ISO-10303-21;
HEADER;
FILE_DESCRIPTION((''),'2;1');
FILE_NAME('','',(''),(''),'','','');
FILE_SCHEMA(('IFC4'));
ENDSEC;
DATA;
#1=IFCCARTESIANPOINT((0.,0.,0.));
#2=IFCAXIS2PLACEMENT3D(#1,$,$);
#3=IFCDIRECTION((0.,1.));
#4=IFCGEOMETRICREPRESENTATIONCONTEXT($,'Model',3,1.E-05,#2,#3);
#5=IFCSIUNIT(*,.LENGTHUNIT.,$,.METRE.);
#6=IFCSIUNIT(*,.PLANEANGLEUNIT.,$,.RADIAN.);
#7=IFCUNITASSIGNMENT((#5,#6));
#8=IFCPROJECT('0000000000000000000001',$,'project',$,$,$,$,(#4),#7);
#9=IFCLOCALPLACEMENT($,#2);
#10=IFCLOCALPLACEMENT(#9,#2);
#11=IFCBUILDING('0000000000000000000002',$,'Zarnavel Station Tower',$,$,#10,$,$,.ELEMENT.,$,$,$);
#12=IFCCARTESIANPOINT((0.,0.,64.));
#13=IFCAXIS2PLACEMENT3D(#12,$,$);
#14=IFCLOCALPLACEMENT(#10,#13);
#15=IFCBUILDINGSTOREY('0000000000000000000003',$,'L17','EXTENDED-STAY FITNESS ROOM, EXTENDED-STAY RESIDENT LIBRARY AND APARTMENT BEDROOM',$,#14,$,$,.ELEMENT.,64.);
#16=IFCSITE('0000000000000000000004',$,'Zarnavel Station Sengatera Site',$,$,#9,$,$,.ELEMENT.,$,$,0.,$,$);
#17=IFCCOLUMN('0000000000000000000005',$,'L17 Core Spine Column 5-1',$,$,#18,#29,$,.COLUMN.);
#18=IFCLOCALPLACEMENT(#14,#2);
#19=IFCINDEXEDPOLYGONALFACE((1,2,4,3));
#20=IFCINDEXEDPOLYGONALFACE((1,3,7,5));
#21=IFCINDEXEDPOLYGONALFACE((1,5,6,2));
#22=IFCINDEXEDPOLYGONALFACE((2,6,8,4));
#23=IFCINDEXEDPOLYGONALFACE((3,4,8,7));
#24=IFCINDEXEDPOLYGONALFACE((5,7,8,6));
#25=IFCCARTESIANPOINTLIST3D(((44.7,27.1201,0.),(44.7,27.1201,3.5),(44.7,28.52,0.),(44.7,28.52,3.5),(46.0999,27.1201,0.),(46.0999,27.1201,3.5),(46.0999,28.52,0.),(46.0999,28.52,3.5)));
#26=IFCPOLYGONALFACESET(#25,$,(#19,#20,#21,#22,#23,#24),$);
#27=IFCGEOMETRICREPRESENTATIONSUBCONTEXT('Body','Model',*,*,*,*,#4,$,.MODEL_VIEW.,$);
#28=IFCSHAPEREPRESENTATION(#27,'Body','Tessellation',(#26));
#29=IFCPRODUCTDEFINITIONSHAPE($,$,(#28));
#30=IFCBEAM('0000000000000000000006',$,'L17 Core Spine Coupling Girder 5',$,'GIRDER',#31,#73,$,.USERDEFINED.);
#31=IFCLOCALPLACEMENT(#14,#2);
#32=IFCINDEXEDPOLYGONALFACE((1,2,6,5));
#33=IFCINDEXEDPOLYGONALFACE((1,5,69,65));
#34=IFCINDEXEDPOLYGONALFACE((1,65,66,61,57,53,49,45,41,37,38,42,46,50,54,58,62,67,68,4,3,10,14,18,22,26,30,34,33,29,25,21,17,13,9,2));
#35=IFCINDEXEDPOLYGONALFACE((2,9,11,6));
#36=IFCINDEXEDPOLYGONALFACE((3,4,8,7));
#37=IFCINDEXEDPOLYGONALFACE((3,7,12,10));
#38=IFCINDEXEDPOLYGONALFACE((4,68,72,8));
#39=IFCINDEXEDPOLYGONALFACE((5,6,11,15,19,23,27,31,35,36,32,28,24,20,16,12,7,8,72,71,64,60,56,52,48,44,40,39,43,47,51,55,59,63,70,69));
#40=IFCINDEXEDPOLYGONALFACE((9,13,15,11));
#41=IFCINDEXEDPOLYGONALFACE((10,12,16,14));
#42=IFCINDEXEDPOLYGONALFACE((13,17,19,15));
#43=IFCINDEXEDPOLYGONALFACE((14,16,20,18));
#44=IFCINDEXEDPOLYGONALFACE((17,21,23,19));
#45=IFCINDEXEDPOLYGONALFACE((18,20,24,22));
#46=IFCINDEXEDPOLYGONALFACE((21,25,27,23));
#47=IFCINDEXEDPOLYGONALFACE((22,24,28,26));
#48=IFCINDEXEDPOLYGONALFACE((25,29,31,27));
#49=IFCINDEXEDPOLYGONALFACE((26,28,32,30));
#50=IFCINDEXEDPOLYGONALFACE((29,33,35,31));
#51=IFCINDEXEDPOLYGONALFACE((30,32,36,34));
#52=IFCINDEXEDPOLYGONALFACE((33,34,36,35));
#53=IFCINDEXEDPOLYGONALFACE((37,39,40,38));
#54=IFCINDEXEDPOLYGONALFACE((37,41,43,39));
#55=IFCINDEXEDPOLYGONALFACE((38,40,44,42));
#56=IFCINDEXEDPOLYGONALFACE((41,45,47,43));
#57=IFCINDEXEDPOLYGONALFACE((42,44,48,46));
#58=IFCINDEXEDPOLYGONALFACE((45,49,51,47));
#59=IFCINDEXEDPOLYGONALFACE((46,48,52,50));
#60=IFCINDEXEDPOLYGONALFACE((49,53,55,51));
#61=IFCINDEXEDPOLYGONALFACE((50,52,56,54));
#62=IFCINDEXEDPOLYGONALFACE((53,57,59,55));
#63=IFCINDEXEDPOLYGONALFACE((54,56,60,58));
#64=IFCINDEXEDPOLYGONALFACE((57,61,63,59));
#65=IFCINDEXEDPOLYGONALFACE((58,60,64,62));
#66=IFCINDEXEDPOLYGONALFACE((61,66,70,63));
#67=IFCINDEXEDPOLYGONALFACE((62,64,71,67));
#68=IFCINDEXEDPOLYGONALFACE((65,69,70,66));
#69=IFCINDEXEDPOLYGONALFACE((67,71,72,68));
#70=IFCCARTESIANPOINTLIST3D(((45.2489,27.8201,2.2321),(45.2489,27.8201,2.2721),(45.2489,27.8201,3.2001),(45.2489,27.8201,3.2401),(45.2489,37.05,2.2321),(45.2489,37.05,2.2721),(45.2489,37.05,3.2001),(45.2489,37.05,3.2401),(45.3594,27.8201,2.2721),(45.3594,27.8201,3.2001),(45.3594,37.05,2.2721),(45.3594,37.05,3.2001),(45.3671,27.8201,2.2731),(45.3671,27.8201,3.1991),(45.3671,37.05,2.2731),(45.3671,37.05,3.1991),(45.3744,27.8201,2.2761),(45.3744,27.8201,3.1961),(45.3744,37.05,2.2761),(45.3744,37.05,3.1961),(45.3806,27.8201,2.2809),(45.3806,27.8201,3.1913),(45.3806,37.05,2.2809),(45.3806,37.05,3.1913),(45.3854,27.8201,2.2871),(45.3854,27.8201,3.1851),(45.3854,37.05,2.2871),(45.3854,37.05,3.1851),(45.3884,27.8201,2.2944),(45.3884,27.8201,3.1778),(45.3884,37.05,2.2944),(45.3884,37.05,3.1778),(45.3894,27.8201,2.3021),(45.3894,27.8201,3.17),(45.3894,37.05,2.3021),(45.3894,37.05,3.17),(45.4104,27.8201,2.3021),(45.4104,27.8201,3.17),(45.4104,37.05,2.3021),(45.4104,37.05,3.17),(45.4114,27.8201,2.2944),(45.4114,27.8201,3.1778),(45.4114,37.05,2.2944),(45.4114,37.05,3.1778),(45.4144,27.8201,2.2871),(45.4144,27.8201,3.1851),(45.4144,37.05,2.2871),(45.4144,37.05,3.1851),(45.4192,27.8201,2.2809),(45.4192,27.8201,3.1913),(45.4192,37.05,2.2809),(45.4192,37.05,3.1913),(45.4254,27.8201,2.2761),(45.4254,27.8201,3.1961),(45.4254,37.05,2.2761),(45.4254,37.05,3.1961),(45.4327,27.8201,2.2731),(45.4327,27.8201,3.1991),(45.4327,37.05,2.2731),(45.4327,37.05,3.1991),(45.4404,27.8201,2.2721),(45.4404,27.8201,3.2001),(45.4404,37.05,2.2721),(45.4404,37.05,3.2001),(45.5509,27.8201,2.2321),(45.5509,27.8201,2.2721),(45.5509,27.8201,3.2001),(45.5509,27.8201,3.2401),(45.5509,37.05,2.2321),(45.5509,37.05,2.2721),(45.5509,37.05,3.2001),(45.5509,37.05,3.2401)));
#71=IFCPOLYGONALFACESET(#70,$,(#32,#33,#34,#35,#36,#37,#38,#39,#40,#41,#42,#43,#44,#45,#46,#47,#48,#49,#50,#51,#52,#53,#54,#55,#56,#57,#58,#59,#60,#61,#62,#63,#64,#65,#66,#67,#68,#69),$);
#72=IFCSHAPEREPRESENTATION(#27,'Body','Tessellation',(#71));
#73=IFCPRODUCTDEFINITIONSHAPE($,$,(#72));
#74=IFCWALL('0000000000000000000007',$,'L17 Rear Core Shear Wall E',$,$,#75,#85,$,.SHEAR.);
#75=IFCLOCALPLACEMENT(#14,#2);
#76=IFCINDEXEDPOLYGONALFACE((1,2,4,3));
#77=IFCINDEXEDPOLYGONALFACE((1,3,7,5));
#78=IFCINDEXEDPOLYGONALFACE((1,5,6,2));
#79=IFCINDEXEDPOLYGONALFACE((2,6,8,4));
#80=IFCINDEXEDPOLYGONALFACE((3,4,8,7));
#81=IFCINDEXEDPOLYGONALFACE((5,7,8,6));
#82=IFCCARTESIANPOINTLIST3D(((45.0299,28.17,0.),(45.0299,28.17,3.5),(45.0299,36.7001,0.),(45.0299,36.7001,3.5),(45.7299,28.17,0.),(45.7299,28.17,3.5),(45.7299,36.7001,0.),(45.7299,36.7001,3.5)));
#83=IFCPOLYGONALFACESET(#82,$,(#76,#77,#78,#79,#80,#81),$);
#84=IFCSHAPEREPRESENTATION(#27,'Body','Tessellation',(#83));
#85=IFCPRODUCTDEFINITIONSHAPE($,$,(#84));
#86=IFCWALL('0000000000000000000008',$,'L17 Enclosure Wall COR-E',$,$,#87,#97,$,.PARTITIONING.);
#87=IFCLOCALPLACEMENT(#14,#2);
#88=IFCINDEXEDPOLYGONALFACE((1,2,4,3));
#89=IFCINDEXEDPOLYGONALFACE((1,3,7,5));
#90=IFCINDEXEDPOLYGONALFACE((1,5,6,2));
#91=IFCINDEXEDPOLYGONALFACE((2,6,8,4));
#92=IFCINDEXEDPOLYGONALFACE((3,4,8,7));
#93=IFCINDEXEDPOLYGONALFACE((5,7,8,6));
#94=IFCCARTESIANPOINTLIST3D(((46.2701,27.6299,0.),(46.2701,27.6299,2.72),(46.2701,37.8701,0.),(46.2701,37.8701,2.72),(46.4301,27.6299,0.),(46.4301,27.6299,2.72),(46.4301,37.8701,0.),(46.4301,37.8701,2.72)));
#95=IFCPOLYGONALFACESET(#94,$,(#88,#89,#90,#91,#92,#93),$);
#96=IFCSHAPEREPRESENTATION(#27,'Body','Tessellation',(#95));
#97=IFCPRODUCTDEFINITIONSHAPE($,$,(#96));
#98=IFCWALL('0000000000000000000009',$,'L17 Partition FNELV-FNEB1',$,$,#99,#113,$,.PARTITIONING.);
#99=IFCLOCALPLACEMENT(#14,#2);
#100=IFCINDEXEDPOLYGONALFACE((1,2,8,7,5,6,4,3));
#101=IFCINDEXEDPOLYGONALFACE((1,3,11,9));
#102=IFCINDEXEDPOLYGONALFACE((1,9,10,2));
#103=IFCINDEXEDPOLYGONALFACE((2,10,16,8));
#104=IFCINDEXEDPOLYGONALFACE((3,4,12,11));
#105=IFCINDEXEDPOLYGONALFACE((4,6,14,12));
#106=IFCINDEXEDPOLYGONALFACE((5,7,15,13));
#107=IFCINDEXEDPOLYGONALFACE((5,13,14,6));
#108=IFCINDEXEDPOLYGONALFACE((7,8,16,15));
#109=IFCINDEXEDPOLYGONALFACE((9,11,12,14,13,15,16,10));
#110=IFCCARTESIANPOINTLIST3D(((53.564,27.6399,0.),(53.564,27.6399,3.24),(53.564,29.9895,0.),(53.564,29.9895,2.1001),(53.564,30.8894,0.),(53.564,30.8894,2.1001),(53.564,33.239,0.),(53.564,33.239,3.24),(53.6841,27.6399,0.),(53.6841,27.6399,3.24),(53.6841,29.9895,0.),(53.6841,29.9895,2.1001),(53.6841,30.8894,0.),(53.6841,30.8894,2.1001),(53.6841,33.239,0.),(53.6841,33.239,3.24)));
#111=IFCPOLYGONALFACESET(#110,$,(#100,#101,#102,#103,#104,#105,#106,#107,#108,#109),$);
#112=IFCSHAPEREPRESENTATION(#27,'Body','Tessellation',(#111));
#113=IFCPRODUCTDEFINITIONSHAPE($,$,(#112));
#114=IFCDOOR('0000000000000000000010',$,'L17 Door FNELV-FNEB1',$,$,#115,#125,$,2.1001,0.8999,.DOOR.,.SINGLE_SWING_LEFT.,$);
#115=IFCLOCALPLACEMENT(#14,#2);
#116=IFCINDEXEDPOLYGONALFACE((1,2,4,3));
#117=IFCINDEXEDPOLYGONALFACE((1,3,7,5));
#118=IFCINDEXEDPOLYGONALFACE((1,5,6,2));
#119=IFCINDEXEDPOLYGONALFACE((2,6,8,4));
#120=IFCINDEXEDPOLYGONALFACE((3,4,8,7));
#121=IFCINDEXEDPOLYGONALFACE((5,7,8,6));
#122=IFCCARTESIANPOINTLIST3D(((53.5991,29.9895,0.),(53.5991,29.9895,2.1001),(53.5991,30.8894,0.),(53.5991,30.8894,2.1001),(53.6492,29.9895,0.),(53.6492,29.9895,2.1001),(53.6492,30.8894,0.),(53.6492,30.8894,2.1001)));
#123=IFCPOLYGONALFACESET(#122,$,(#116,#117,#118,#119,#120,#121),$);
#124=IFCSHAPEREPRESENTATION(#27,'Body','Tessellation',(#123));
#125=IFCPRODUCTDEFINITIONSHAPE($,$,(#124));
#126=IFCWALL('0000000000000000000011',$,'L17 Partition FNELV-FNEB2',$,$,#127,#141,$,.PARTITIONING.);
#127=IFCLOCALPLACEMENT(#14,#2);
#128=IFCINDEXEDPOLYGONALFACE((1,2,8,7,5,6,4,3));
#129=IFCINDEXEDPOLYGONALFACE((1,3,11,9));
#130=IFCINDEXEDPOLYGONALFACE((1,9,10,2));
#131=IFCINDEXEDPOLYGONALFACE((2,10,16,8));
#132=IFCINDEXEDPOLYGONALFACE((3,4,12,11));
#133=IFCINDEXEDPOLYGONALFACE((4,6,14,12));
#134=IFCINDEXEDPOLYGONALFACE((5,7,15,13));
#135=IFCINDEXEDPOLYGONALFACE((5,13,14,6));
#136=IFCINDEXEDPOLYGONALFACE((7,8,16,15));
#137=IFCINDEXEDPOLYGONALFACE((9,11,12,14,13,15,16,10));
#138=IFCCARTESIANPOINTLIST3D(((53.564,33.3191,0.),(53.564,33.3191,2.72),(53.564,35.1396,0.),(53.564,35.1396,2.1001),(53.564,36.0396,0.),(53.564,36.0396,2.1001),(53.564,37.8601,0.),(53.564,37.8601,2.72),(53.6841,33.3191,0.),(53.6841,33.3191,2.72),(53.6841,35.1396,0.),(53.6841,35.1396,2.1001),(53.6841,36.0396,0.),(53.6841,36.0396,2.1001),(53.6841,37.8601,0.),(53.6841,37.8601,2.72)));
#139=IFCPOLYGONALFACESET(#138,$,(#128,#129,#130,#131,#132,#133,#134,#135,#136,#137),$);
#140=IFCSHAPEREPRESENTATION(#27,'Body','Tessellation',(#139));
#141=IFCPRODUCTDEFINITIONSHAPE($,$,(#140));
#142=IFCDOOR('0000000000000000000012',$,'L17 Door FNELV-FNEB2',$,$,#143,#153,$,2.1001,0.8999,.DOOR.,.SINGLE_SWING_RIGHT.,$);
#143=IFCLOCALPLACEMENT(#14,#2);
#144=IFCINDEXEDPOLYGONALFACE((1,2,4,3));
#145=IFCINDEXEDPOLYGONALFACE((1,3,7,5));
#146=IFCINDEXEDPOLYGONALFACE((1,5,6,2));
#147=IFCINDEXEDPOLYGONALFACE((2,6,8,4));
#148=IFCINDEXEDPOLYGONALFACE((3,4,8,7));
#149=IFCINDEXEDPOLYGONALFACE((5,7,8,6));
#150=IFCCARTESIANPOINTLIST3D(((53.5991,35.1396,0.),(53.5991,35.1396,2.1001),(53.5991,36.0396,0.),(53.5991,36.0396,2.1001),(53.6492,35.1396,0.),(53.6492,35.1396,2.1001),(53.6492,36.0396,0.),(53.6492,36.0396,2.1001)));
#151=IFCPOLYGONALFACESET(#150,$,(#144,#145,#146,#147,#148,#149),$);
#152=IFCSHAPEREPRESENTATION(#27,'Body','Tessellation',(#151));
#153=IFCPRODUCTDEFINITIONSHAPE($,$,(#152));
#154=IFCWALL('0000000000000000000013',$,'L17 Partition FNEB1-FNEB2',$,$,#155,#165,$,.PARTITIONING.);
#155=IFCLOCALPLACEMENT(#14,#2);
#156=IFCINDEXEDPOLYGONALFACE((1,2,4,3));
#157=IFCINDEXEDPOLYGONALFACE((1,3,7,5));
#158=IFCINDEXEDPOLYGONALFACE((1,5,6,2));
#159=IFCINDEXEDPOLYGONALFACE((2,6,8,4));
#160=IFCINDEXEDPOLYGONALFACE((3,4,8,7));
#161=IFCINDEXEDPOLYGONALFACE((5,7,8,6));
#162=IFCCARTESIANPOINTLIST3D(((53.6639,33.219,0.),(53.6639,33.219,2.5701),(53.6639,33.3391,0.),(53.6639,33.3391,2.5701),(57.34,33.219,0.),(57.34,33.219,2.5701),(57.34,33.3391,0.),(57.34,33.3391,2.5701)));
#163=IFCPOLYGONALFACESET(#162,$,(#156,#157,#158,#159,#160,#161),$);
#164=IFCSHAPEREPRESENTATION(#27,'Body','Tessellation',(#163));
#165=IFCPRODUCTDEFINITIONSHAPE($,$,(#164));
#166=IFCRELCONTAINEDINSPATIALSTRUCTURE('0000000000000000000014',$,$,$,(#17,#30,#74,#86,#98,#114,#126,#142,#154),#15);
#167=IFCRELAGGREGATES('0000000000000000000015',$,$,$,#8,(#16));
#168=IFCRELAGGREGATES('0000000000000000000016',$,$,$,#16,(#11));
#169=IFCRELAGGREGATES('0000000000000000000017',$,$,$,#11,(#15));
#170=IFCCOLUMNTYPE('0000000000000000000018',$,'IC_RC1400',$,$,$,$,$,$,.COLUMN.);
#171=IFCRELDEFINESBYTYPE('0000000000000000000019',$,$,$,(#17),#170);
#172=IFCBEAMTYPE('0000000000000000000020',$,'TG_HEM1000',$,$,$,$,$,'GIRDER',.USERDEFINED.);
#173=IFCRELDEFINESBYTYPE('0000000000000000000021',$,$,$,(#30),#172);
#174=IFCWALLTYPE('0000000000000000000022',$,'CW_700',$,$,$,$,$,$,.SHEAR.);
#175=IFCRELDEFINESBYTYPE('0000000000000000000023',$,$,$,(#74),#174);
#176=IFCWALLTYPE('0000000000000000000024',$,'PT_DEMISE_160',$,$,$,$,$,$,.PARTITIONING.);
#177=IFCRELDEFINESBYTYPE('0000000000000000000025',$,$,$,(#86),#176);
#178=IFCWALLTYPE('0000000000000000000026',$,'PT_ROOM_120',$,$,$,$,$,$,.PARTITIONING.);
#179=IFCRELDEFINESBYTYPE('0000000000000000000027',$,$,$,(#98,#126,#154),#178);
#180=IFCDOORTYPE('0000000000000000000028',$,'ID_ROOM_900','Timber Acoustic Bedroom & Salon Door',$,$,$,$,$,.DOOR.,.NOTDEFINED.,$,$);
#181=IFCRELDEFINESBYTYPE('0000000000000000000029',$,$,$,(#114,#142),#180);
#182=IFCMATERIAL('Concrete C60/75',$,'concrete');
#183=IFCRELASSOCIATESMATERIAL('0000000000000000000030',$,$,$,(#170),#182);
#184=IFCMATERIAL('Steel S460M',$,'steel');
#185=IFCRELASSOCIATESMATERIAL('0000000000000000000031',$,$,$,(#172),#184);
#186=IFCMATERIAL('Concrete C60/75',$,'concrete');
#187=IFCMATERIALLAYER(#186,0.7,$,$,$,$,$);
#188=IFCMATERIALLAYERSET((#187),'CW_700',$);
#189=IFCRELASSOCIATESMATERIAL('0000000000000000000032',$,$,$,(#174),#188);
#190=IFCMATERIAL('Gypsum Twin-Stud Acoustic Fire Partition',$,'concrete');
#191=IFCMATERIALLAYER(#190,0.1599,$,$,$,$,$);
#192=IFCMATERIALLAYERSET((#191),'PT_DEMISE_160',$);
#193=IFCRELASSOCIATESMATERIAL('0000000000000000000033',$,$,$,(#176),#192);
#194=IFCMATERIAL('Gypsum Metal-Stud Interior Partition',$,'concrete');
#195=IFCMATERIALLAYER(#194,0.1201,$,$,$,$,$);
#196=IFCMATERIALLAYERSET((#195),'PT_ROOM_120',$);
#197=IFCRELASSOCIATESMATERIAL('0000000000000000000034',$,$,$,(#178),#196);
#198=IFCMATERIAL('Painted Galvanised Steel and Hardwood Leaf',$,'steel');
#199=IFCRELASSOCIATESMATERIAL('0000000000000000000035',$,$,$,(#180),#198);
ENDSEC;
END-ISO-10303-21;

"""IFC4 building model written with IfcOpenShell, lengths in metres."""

from ifc_helpers import new_model, si_unit, direction, frame, frame_2d, origin, origin_2d, place, context, subcontext, project, spatial, rectangle, i_section, extrude, material, layer, layer_set, material_profile, profile_set, type_object, element, fill, save


model = new_model("IFC4")

# Units and contexts
model_context = context("Model", 3, precision=1e-05, world=origin(), true_north=direction((0.0, 1.0)))
body_context = subcontext(model_context, "Body", "Model", "MODEL_VIEW")
ifc_project = project(units=[si_unit("LENGTHUNIT", "METRE"), si_unit("PLANEANGLEUNIT", "RADIAN")], contexts=[model_context])

# Site, building, storey
site_placement = place(None, origin())
site = spatial("IfcSite", under=ifc_project, at=site_placement, Name="Zarnavel Station Sengatera Site", CompositionType="ELEMENT", RefElevation=0.0)
building_placement = place(site_placement, origin())
building = spatial("IfcBuilding", under=site, at=building_placement, Name="Zarnavel Station Tower", CompositionType="ELEMENT")
storey_placement = place(building_placement, frame((0.0, 0.0, 64.0)))
storey = spatial("IfcBuildingStorey", under=building, at=storey_placement, Name="L17", Description="EXTENDED-STAY FITNESS ROOM, EXTENDED-STAY RESIDENT LIBRARY AND APARTMENT BEDROOM", CompositionType="ELEMENT", Elevation=64.0)

# Column
ifc_material_1 = material(Name="Concrete C60/75", Category="concrete")
ifc_material_profile_1 = material_profile(ifc_material_1, rectangle(XDim=1.3999, YDim=1.3999, at=origin_2d()), Name="RC1400x1400")
ifc_profile_set_1 = profile_set([ifc_material_profile_1], Name="Concrete C60/75")
column_type = type_object("IfcColumnType", Name="IC_RC1400", PredefinedType="COLUMN", material=ifc_profile_set_1)
column_placement = place(storey_placement, frame((45.3999, 27.8201, 0.0), z_axis=(0.0, 0.0, 1.0), x_axis=(1.0, 0.0, 0.0)))
element("IfcColumn", 1, at=column_placement, inside=storey, type_object=column_type, Name="L17 Core Spine Column 5-1", PredefinedType="COLUMN", context=body_context, shape_type="SweptSolid", body=[
    extrude(rectangle(XDim=1.3999, YDim=1.3999, at=origin_2d()), origin(), (0.0, 0.0, 1.0), 3.5),
])

# Beam
ifc_material_2 = material(Name="Steel S460M", Category="steel")
ifc_material_profile_2 = material_profile(ifc_material_2, i_section(OverallWidth=0.302, OverallDepth=1.0081, WebThickness=0.021, FlangeThickness=0.04, FilletRadius=0.03, at=origin_2d()), Name="HEM1000")
ifc_profile_set_2 = profile_set([ifc_material_profile_2], Name="Steel S460M")
beam_type = type_object("IfcBeamType", Name="TG_HEM1000", ElementType="GIRDER", PredefinedType="USERDEFINED", material=ifc_profile_set_2)
beam_placement = place(storey_placement, frame((45.3999, 27.8201, 2.7361), z_axis=(0.0, 1.0, 0.0), x_axis=(-1.0, 0.0, 0.0)))
element("IfcBeam", 2, at=beam_placement, inside=storey, type_object=beam_type, Name="L17 Core Spine Coupling Girder 5", ObjectType="GIRDER", PredefinedType="USERDEFINED", context=body_context, shape_type="SweptSolid", body=[
    extrude(i_section(OverallWidth=0.302, OverallDepth=1.0081, WebThickness=0.021, FlangeThickness=0.04, FilletRadius=0.03, at=origin_2d()), origin(), (0.0, 0.0, 1.0), 9.23),
])

# Shared definitions
ifc_material_3 = material(Name="Concrete C60/75", Category="concrete")
ifc_layer_1 = layer(ifc_material_3, 0.7)
ifc_layer_set_1 = layer_set([ifc_layer_1], Name="CW_700")
wall_type_1 = type_object("IfcWallType", Name="CW_700", PredefinedType="SHEAR", material=ifc_layer_set_1)

# Walls
wall_1_placement = place(storey_placement, frame((45.3799, 28.1699, 0.0), z_axis=(0.0, 0.0, 1.0), x_axis=(0.0, 1.0, 0.0)))
element("IfcWall", 3, at=wall_1_placement, inside=storey, type_object=wall_type_1, Name="L17 Rear Core Shear Wall E", PredefinedType="SHEAR", context=body_context, shape_type="SweptSolid", body=[
    extrude(rectangle(XDim=8.53, YDim=0.7, at=frame_2d((4.2651, 0.0))), origin(), (0.0, 0.0, 1.0), 3.5),
])
ifc_material_4 = material(Name="Gypsum Twin-Stud Acoustic Fire Partition", Category="concrete")
ifc_layer_2 = layer(ifc_material_4, 0.1599)
ifc_layer_set_2 = layer_set([ifc_layer_2], Name="PT_DEMISE_160")
wall_type_2 = type_object("IfcWallType", Name="PT_DEMISE_160", PredefinedType="PARTITIONING", material=ifc_layer_set_2)
wall_2_placement = place(storey_placement, frame((46.3501, 27.6299, 0.0), z_axis=(0.0, 0.0, 1.0), x_axis=(0.0, 1.0, 0.0)))
element("IfcWall", 4, at=wall_2_placement, inside=storey, type_object=wall_type_2, Name="L17 Enclosure Wall COR-E", PredefinedType="PARTITIONING", context=body_context, shape_type="SweptSolid", body=[
    extrude(rectangle(XDim=10.2402, YDim=0.1599, at=frame_2d((5.1201, 0.0))), origin(), (0.0, 0.0, 1.0), 2.72),
])

# Walls, openings, doors
ifc_material_5 = material(Name="Gypsum Metal-Stud Interior Partition", Category="concrete")
ifc_layer_3 = layer(ifc_material_5, 0.1201)
ifc_layer_set_3 = layer_set([ifc_layer_3], Name="PT_ROOM_120")
wall_type_3 = type_object("IfcWallType", Name="PT_ROOM_120", PredefinedType="PARTITIONING", material=ifc_layer_set_3)
wall_3_placement = place(storey_placement, frame((53.624, 27.6399, 0.0), z_axis=(0.0, 0.0, 1.0), x_axis=(0.0, 1.0, 0.0)))
wall_3 = element("IfcWall", 5, at=wall_3_placement, inside=storey, type_object=wall_type_3, Name="L17 Partition FNELV-FNEB1", PredefinedType="PARTITIONING", context=body_context, shape_type="SweptSolid", body=[
    extrude(rectangle(XDim=5.5991, YDim=0.1201, at=frame_2d((2.7996, 0.0))), origin(), (0.0, 0.0, 1.0), 3.24),
])
opening_1_placement = place(wall_3_placement, frame((2.3496, 0.0, 0.0)))
opening_1 = element("IfcOpeningElement", 6, at=opening_1_placement, cuts=wall_3, PredefinedType="OPENING", context=body_context, shape_type="SweptSolid", body=[
    extrude(rectangle(XDim=0.8999, YDim=2.1001, at=frame_2d((0.45, 1.05))), frame((0.0, 0.0701, 0.0), z_axis=(0.0, -1.0, 0.0), x_axis=(1.0, 0.0, 0.0)), (0.0, 0.0, 1.0), 0.1401),
])
ifc_material_6 = material(Name="Painted Galvanised Steel and Hardwood Leaf", Category="steel")
door_type_1 = type_object("IfcDoorType", Name="ID_ROOM_900", Description="Timber Acoustic Bedroom & Salon Door", OperationType="NOTDEFINED", PredefinedType="DOOR", material=ifc_material_6)
door_1_placement = place(opening_1_placement, origin())
door_1 = element("IfcDoor", 7, at=door_1_placement, inside=storey, type_object=door_type_1, Name="L17 Door FNELV-FNEB1", OperationType="SINGLE_SWING_LEFT", OverallHeight=2.1001, OverallWidth=0.8999, PredefinedType="DOOR", context=body_context, shape_type="SweptSolid", body=[
    extrude(rectangle(XDim=0.8999, YDim=2.1001, at=frame_2d((0.45, 1.05))), frame((0.0, 0.0249, 0.0), z_axis=(0.0, -1.0, 0.0), x_axis=(1.0, 0.0, 0.0)), (0.0, 0.0, 1.0), 0.05),
])
fill(opening_1, door_1)
wall_4_placement = place(storey_placement, frame((53.624, 33.3191, 0.0), z_axis=(0.0, 0.0, 1.0), x_axis=(0.0, 1.0, 0.0)))
wall_4 = element("IfcWall", 8, at=wall_4_placement, inside=storey, type_object=wall_type_3, Name="L17 Partition FNELV-FNEB2", PredefinedType="PARTITIONING", context=body_context, shape_type="SweptSolid", body=[
    extrude(rectangle(XDim=4.541, YDim=0.1201, at=frame_2d((2.2705, 0.0))), origin(), (0.0, 0.0, 1.0), 2.72),
])
opening_2_placement = place(wall_4_placement, frame((1.8206, 0.0, 0.0)))
opening_2 = element("IfcOpeningElement", 9, at=opening_2_placement, cuts=wall_4, PredefinedType="OPENING", context=body_context, shape_type="SweptSolid", body=[
    extrude(rectangle(XDim=0.8999, YDim=2.1001, at=frame_2d((0.45, 1.05))), frame((0.0, 0.0701, 0.0), z_axis=(0.0, -1.0, 0.0), x_axis=(1.0, 0.0, 0.0)), (0.0, 0.0, 1.0), 0.1401),
])
door_2_placement = place(opening_2_placement, origin())
door_2 = element("IfcDoor", 10, at=door_2_placement, inside=storey, type_object=door_type_1, Name="L17 Door FNELV-FNEB2", OperationType="SINGLE_SWING_RIGHT", OverallHeight=2.1001, OverallWidth=0.8999, PredefinedType="DOOR", context=body_context, shape_type="SweptSolid", body=[
    extrude(rectangle(XDim=0.8999, YDim=2.1001, at=frame_2d((0.45, 1.05))), frame((0.0, 0.0249, 0.0), z_axis=(0.0, -1.0, 0.0), x_axis=(1.0, 0.0, 0.0)), (0.0, 0.0, 1.0), 0.05),
])
fill(opening_2, door_2)

# Wall
wall_5_placement = place(storey_placement, frame((53.6641, 33.2791, 0.0), z_axis=(0.0, 0.0, 1.0), x_axis=(1.0, 0.0, 0.0)))
element("IfcWall", 11, at=wall_5_placement, inside=storey, type_object=wall_type_3, Name="L17 Partition FNEB1-FNEB2", PredefinedType="PARTITIONING", context=body_context, shape_type="SweptSolid", body=[
    extrude(rectangle(XDim=3.676, YDim=0.1201, at=frame_2d((1.8379, 0.0))), origin(), (0.0, 0.0, 1.0), 2.5701),
])

save(model, "model.ifc")
